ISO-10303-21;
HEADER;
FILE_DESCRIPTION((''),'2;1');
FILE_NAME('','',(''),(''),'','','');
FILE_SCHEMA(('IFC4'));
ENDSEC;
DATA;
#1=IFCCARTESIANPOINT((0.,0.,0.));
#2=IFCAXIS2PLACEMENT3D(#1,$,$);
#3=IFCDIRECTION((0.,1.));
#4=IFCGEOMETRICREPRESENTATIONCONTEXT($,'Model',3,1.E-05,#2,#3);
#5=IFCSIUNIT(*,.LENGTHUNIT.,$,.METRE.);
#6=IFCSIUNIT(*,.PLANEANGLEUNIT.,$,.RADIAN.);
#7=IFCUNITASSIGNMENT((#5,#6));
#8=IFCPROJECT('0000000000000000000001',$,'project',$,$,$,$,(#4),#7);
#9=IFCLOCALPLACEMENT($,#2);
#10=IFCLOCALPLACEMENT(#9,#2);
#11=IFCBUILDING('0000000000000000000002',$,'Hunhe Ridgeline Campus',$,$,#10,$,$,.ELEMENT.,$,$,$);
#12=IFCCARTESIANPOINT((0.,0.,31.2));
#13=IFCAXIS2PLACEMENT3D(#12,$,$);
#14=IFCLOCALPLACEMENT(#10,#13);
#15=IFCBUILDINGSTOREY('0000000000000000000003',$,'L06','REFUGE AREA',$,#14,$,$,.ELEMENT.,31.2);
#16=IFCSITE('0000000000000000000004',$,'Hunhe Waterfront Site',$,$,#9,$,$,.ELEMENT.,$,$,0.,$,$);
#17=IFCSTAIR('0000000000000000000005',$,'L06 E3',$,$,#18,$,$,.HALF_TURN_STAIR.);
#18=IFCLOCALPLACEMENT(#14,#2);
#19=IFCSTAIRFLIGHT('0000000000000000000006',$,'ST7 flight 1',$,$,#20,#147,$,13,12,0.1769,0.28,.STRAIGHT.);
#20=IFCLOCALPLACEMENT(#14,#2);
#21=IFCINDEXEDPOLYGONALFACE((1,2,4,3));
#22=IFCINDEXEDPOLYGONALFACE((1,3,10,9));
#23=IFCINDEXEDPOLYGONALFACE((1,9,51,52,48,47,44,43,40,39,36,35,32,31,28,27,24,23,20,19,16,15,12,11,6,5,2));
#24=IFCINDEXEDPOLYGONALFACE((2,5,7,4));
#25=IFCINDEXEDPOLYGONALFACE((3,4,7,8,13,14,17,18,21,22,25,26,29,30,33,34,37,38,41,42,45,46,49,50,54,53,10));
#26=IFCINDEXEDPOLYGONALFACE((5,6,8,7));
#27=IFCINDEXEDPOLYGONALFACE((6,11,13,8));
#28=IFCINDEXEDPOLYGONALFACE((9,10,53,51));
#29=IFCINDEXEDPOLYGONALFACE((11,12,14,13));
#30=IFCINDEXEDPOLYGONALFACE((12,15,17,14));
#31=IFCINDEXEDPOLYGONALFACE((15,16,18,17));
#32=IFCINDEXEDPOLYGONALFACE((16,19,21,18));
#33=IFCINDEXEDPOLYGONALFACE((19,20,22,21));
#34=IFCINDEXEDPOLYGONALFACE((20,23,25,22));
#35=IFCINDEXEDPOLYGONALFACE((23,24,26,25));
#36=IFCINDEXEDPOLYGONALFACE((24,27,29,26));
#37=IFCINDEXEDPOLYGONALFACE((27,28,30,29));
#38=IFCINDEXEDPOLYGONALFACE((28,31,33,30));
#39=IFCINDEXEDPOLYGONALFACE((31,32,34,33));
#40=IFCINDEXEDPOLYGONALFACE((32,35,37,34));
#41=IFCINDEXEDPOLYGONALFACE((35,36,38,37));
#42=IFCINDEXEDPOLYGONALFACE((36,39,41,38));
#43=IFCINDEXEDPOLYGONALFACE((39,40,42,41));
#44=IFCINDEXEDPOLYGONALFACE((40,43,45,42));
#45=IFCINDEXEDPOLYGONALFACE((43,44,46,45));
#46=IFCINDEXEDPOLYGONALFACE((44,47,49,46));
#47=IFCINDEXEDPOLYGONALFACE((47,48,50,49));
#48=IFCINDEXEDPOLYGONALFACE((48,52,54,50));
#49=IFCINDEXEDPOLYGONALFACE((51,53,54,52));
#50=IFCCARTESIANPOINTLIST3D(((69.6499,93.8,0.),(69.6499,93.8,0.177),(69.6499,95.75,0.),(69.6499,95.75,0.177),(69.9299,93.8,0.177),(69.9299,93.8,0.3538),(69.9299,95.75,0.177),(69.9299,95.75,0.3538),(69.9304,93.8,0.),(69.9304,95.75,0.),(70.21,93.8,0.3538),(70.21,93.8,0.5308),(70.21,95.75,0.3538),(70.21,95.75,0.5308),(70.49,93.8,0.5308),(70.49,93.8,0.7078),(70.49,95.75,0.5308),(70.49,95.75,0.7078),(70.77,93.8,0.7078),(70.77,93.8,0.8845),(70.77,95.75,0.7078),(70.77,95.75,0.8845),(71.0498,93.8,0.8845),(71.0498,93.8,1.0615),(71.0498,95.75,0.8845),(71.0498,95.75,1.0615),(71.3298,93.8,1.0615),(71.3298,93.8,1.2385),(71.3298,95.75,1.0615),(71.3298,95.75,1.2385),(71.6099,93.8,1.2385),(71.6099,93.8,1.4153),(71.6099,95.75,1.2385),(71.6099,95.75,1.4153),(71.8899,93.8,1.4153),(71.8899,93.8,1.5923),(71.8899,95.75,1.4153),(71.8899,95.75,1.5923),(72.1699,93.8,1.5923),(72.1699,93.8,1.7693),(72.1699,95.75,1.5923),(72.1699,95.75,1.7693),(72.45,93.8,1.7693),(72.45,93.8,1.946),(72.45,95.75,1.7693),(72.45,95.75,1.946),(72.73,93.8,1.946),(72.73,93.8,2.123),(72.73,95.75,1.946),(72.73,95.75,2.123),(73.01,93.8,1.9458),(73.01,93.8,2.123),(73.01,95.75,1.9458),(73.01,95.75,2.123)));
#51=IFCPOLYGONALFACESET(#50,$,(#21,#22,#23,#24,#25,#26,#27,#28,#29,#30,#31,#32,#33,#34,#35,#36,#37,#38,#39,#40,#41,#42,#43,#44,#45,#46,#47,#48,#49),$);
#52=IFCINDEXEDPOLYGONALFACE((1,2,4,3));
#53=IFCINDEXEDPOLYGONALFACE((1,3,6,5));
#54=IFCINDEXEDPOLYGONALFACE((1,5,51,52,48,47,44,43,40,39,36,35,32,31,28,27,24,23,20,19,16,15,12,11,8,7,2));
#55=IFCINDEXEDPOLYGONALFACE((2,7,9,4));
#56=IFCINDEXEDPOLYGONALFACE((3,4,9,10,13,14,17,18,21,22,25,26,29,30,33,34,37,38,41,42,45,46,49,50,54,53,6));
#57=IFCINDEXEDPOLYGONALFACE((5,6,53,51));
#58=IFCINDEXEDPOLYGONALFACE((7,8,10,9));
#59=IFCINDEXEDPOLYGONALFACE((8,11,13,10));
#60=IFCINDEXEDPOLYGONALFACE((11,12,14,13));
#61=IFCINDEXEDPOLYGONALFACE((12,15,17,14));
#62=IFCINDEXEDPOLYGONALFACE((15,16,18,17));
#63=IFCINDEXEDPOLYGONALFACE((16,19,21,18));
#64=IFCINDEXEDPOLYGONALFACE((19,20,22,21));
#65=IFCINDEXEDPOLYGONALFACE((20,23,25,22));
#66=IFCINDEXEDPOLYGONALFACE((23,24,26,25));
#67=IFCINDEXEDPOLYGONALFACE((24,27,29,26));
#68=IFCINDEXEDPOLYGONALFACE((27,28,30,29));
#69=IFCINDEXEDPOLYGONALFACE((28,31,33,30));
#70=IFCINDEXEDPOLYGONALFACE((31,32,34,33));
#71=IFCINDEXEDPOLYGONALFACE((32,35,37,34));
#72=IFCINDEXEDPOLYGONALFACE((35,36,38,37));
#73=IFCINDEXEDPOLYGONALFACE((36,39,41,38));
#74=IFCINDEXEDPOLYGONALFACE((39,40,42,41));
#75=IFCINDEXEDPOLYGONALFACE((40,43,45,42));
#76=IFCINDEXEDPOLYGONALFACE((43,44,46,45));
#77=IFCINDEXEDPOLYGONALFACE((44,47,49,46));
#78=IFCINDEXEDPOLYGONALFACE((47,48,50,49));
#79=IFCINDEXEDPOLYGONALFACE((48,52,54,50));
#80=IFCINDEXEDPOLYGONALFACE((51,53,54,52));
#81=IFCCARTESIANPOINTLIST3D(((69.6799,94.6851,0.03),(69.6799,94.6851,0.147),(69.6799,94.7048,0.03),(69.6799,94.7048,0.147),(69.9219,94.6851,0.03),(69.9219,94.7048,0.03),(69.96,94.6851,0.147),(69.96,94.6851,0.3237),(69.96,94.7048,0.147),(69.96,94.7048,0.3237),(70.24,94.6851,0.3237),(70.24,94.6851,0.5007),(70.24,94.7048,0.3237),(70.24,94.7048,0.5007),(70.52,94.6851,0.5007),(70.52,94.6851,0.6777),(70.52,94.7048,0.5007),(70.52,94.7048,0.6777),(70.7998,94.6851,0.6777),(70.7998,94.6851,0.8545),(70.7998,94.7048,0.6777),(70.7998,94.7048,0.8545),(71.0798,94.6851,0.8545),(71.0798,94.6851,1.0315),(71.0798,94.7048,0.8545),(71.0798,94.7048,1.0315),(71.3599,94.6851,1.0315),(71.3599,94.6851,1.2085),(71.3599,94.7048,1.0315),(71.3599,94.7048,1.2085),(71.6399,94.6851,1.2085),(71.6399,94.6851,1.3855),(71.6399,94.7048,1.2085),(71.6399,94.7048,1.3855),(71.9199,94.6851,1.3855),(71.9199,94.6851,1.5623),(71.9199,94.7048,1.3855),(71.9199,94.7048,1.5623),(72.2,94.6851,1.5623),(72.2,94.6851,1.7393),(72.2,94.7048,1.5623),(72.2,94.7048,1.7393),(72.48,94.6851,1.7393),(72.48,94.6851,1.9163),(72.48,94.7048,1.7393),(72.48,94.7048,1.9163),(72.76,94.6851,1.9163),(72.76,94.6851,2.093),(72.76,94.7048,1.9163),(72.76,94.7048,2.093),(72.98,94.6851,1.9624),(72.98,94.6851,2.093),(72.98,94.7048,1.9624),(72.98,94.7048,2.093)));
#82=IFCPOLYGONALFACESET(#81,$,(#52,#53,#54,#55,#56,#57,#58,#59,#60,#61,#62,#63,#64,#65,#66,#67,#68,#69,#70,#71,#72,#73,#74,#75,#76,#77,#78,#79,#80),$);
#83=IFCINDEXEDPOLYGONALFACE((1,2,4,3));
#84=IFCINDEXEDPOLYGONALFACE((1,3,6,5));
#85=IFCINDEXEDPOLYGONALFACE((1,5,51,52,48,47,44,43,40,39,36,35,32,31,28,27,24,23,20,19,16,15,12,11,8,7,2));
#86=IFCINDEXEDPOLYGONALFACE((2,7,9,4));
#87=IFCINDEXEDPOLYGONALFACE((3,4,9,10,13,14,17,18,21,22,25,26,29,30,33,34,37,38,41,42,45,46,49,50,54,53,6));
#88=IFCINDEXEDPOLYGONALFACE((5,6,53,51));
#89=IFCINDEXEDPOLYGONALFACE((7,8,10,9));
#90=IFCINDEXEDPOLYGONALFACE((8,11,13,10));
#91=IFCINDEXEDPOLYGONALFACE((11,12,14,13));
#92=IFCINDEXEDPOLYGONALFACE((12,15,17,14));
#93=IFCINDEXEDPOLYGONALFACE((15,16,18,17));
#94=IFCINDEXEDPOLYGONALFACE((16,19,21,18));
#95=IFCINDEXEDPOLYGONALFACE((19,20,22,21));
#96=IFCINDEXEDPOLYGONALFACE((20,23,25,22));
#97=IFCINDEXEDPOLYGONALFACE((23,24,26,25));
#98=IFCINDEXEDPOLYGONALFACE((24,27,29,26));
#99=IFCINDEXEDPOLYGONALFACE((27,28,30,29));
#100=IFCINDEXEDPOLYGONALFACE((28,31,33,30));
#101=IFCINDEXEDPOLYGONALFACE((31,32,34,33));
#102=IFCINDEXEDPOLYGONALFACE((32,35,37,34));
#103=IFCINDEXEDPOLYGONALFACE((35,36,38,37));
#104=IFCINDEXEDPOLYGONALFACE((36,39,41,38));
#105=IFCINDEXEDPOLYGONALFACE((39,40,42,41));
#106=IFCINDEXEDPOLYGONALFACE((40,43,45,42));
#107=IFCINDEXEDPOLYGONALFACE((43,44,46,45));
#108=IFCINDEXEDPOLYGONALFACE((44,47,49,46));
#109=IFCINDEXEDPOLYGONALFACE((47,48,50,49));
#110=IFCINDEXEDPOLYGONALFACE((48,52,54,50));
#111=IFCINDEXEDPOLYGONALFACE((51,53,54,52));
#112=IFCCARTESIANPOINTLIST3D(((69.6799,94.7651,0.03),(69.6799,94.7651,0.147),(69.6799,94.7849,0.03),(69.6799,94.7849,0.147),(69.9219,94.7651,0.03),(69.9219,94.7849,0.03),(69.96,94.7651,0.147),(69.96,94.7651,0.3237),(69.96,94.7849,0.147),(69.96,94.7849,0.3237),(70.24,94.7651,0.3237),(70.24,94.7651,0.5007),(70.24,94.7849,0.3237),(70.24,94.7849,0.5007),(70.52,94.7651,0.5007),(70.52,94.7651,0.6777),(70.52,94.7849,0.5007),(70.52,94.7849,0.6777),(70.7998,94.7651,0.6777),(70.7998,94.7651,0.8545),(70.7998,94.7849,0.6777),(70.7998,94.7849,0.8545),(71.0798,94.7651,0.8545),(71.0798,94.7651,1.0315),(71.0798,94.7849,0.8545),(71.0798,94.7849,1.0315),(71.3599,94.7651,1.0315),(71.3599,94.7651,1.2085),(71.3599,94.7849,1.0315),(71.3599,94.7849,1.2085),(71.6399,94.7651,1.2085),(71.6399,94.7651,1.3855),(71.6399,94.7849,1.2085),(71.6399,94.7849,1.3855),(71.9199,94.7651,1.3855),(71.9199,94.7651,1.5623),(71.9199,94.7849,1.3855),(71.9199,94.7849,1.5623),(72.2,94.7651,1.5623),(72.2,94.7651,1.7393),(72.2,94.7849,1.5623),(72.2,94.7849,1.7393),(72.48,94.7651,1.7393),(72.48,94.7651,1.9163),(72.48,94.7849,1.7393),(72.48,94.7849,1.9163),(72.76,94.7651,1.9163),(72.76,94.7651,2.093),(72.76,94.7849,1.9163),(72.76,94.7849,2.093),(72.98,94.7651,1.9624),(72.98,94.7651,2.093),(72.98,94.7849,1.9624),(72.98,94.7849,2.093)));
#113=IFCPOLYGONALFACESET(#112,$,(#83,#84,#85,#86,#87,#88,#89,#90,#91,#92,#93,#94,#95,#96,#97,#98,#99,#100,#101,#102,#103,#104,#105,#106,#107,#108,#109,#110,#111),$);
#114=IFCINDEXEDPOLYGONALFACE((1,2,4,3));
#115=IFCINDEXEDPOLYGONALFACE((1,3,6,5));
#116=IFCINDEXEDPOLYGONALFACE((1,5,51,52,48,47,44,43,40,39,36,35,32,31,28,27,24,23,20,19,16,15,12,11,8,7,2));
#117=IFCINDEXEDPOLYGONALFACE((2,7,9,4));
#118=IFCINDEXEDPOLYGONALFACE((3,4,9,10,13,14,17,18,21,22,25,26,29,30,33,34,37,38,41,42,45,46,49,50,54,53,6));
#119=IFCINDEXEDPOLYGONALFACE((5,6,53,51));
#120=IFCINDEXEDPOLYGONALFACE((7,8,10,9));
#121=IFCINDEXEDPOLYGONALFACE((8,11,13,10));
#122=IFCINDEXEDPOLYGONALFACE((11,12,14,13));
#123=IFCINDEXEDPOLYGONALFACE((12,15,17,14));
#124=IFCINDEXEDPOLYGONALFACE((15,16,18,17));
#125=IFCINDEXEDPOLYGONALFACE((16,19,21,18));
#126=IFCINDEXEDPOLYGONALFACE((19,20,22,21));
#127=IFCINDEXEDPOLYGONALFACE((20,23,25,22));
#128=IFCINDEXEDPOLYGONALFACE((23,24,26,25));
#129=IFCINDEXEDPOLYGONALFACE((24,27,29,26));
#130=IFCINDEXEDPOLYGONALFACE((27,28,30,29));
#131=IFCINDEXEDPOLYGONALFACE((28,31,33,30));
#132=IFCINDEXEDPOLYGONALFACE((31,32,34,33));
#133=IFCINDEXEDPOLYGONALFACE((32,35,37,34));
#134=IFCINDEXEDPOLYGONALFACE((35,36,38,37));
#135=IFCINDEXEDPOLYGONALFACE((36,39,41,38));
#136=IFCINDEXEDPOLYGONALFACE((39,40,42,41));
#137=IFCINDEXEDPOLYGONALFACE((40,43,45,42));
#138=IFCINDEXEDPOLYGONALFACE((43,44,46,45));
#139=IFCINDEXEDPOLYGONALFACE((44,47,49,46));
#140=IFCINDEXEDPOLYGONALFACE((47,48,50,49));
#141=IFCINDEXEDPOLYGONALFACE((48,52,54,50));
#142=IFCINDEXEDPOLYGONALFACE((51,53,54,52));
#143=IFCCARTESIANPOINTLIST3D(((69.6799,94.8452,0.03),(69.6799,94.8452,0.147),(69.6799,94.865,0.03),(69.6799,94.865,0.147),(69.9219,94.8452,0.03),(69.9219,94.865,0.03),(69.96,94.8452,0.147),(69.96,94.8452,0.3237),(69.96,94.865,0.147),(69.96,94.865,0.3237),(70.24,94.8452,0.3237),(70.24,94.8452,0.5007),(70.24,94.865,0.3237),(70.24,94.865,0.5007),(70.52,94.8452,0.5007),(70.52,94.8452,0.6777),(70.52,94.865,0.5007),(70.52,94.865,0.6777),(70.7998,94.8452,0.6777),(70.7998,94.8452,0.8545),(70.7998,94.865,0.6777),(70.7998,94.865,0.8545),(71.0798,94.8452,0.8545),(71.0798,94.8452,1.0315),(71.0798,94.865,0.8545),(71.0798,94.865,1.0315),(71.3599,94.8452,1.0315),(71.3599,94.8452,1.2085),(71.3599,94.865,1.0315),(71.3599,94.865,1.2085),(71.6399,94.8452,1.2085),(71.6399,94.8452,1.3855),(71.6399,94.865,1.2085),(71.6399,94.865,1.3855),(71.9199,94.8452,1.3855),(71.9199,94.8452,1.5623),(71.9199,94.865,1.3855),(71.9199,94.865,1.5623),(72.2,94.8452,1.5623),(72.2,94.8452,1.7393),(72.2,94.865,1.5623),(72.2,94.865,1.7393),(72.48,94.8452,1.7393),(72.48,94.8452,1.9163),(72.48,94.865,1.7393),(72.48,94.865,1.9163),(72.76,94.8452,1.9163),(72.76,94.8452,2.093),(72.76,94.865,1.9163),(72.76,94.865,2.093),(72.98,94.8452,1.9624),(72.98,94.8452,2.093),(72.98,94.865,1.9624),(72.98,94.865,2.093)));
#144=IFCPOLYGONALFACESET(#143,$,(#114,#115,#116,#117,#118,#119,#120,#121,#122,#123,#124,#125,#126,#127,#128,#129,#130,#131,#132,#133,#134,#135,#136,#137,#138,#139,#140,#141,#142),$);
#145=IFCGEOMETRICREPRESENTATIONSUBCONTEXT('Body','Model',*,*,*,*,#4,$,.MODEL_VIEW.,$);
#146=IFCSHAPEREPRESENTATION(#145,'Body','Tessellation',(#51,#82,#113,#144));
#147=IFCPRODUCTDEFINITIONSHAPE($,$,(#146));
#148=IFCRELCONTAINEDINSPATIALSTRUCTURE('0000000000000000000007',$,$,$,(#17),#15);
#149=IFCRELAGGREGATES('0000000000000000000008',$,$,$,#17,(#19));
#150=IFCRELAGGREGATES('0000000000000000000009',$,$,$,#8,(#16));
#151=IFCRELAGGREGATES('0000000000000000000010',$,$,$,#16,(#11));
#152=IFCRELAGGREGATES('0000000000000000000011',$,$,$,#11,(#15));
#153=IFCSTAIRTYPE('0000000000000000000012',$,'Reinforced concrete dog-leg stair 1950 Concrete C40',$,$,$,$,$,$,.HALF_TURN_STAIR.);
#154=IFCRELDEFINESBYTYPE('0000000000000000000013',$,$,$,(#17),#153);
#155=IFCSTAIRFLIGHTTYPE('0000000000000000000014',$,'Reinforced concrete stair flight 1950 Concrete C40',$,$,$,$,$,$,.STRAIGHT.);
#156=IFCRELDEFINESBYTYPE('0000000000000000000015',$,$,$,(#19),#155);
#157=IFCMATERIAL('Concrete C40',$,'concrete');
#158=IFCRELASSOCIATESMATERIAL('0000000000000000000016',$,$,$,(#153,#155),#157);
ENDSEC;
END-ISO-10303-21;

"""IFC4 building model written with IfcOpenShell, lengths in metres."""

from ifc_helpers import new_model, si_unit, direction, frame, origin, place, context, subcontext, project, spatial, polyline, outline, extrude, material, type_object, element, aggregate, save


model = new_model("IFC4")

# Units and contexts
model_context = context("Model", 3, precision=1e-05, world=origin(), true_north=direction((0.0, 1.0)))
body_context = subcontext(model_context, "Body", "Model", "MODEL_VIEW")
ifc_project = project(units=[si_unit("LENGTHUNIT", "METRE"), si_unit("PLANEANGLEUNIT", "RADIAN")], contexts=[model_context])

# Site, building, storey
site_placement = place(None, origin())
site = spatial("IfcSite", under=ifc_project, at=site_placement, Name="Hunhe Waterfront Site", CompositionType="ELEMENT", RefElevation=0.0)
building_placement = place(site_placement, origin())
building = spatial("IfcBuilding", under=site, at=building_placement, Name="Hunhe Ridgeline Campus", CompositionType="ELEMENT")
storey_placement = place(building_placement, frame((0.0, 0.0, 31.2)))
storey = spatial("IfcBuildingStorey", under=building, at=storey_placement, Name="L06", Description="REFUGE AREA", CompositionType="ELEMENT", Elevation=31.2)

# Stair, stair flight
ifc_material_1 = material(Name="Concrete C40", Category="concrete")
stair_type = type_object("IfcStairType", Name="Reinforced concrete dog-leg stair 1950 Concrete C40", PredefinedType="HALF_TURN_STAIR", material=ifc_material_1)
stair_placement = place(storey_placement, origin())
stair = element("IfcStair", 1, at=stair_placement, inside=storey, type_object=stair_type, Name="L06 E3", PredefinedType="HALF_TURN_STAIR")
stair_flight_type = type_object("IfcStairFlightType", Name="Reinforced concrete stair flight 1950 Concrete C40", PredefinedType="STRAIGHT", material=ifc_material_1)
stair_flight_1_placement = place(storey_placement, frame((69.6499, 94.7749, 0.0), z_axis=(0.0, 0.0, 1.0), x_axis=(1.0, 0.0, 0.0)))
stair_flight_1 = element("IfcStairFlight", 2, at=stair_flight_1_placement, type_object=stair_flight_type, Name="ST7 flight 1", NumberOfRisers=13, NumberOfTreads=12, PredefinedType="STRAIGHT", RiserHeight=0.1769, TreadLength=0.28, context=body_context, shape_type="SweptSolid", body=[
    extrude(outline(polyline([(0.0, 0.0), (0.0, 0.177), (0.28, 0.177), (0.28, 0.3538), (0.5601, 0.3538), (0.5601, 0.5308), (0.8401, 0.5308), (0.8401, 0.7078), (1.1201, 0.7078), (1.1201, 0.8845), (1.3999, 0.8845), (1.3999, 1.0615), (1.6799, 1.0615), (1.6799, 1.2385), (1.96, 1.2385), (1.96, 1.4153), (2.24, 1.4153), (2.24, 1.5923), (2.52, 1.5923), (2.52, 1.7693), (2.8, 1.7693), (2.8, 1.946), (3.0801, 1.946), (3.0801, 2.123), (3.3601, 2.123), (3.3601, 2.3), (3.3601, 1.9458), (0.2805, 0.0), (0.0, 0.0)])), frame((0.0, 0.9751, 0.0), z_axis=(0.0, -1.0, 0.0), x_axis=(1.0, 0.0, 0.0)), (0.0, 0.0, 1.0), 1.95),
    extrude(outline(polyline([(0.03, 0.03), (0.03, 0.147), (0.3101, 0.147), (0.3101, 0.3237), (0.5901, 0.3237), (0.5901, 0.5007), (0.8701, 0.5007), (0.8701, 0.6777), (1.1499, 0.6777), (1.1499, 0.8545), (1.4299, 0.8545), (1.4299, 1.0315), (1.71, 1.0315), (1.71, 1.2085), (1.99, 1.2085), (1.99, 1.3855), (2.27, 1.3855), (2.27, 1.5623), (2.55, 1.5623), (2.55, 1.7393), (2.8301, 1.7393), (2.8301, 1.9163), (3.1101, 1.9163), (3.1101, 2.093), (3.3301, 2.093), (3.3301, 1.9624), (0.272, 0.03), (0.03, 0.03)])), frame((0.0, -0.0701, 0.0), z_axis=(0.0, -1.0, 0.0), x_axis=(1.0, 0.0, 0.0)), (0.0, 0.0, 1.0), 0.0198),
    extrude(outline(polyline([(0.03, 0.03), (0.03, 0.147), (0.3101, 0.147), (0.3101, 0.3237), (0.5901, 0.3237), (0.5901, 0.5007), (0.8701, 0.5007), (0.8701, 0.6777), (1.1499, 0.6777), (1.1499, 0.8545), (1.4299, 0.8545), (1.4299, 1.0315), (1.71, 1.0315), (1.71, 1.2085), (1.99, 1.2085), (1.99, 1.3855), (2.27, 1.3855), (2.27, 1.5623), (2.55, 1.5623), (2.55, 1.7393), (2.8301, 1.7393), (2.8301, 1.9163), (3.1101, 1.9163), (3.1101, 2.093), (3.3301, 2.093), (3.3301, 1.9624), (0.272, 0.03), (0.03, 0.03)])), frame((0.0, 0.01, 0.0), z_axis=(0.0, -1.0, 0.0), x_axis=(1.0, 0.0, 0.0)), (0.0, 0.0, 1.0), 0.0198),
    extrude(outline(polyline([(0.03, 0.03), (0.03, 0.147), (0.3101, 0.147), (0.3101, 0.3237), (0.5901, 0.3237), (0.5901, 0.5007), (0.8701, 0.5007), (0.8701, 0.6777), (1.1499, 0.6777), (1.1499, 0.8545), (1.4299, 0.8545), (1.4299, 1.0315), (1.71, 1.0315), (1.71, 1.2085), (1.99, 1.2085), (1.99, 1.3855), (2.27, 1.3855), (2.27, 1.5623), (2.55, 1.5623), (2.55, 1.7393), (2.8301, 1.7393), (2.8301, 1.9163), (3.1101, 1.9163), (3.1101, 2.093), (3.3301, 2.093), (3.3301, 1.9624), (0.272, 0.03), (0.03, 0.03)])), frame((0.0, 0.0901, 0.0), z_axis=(0.0, -1.0, 0.0), x_axis=(1.0, 0.0, 0.0)), (0.0, 0.0, 1.0), 0.0198),
])
aggregate(stair, [stair_flight_1])

save(model, "model.ifc")
